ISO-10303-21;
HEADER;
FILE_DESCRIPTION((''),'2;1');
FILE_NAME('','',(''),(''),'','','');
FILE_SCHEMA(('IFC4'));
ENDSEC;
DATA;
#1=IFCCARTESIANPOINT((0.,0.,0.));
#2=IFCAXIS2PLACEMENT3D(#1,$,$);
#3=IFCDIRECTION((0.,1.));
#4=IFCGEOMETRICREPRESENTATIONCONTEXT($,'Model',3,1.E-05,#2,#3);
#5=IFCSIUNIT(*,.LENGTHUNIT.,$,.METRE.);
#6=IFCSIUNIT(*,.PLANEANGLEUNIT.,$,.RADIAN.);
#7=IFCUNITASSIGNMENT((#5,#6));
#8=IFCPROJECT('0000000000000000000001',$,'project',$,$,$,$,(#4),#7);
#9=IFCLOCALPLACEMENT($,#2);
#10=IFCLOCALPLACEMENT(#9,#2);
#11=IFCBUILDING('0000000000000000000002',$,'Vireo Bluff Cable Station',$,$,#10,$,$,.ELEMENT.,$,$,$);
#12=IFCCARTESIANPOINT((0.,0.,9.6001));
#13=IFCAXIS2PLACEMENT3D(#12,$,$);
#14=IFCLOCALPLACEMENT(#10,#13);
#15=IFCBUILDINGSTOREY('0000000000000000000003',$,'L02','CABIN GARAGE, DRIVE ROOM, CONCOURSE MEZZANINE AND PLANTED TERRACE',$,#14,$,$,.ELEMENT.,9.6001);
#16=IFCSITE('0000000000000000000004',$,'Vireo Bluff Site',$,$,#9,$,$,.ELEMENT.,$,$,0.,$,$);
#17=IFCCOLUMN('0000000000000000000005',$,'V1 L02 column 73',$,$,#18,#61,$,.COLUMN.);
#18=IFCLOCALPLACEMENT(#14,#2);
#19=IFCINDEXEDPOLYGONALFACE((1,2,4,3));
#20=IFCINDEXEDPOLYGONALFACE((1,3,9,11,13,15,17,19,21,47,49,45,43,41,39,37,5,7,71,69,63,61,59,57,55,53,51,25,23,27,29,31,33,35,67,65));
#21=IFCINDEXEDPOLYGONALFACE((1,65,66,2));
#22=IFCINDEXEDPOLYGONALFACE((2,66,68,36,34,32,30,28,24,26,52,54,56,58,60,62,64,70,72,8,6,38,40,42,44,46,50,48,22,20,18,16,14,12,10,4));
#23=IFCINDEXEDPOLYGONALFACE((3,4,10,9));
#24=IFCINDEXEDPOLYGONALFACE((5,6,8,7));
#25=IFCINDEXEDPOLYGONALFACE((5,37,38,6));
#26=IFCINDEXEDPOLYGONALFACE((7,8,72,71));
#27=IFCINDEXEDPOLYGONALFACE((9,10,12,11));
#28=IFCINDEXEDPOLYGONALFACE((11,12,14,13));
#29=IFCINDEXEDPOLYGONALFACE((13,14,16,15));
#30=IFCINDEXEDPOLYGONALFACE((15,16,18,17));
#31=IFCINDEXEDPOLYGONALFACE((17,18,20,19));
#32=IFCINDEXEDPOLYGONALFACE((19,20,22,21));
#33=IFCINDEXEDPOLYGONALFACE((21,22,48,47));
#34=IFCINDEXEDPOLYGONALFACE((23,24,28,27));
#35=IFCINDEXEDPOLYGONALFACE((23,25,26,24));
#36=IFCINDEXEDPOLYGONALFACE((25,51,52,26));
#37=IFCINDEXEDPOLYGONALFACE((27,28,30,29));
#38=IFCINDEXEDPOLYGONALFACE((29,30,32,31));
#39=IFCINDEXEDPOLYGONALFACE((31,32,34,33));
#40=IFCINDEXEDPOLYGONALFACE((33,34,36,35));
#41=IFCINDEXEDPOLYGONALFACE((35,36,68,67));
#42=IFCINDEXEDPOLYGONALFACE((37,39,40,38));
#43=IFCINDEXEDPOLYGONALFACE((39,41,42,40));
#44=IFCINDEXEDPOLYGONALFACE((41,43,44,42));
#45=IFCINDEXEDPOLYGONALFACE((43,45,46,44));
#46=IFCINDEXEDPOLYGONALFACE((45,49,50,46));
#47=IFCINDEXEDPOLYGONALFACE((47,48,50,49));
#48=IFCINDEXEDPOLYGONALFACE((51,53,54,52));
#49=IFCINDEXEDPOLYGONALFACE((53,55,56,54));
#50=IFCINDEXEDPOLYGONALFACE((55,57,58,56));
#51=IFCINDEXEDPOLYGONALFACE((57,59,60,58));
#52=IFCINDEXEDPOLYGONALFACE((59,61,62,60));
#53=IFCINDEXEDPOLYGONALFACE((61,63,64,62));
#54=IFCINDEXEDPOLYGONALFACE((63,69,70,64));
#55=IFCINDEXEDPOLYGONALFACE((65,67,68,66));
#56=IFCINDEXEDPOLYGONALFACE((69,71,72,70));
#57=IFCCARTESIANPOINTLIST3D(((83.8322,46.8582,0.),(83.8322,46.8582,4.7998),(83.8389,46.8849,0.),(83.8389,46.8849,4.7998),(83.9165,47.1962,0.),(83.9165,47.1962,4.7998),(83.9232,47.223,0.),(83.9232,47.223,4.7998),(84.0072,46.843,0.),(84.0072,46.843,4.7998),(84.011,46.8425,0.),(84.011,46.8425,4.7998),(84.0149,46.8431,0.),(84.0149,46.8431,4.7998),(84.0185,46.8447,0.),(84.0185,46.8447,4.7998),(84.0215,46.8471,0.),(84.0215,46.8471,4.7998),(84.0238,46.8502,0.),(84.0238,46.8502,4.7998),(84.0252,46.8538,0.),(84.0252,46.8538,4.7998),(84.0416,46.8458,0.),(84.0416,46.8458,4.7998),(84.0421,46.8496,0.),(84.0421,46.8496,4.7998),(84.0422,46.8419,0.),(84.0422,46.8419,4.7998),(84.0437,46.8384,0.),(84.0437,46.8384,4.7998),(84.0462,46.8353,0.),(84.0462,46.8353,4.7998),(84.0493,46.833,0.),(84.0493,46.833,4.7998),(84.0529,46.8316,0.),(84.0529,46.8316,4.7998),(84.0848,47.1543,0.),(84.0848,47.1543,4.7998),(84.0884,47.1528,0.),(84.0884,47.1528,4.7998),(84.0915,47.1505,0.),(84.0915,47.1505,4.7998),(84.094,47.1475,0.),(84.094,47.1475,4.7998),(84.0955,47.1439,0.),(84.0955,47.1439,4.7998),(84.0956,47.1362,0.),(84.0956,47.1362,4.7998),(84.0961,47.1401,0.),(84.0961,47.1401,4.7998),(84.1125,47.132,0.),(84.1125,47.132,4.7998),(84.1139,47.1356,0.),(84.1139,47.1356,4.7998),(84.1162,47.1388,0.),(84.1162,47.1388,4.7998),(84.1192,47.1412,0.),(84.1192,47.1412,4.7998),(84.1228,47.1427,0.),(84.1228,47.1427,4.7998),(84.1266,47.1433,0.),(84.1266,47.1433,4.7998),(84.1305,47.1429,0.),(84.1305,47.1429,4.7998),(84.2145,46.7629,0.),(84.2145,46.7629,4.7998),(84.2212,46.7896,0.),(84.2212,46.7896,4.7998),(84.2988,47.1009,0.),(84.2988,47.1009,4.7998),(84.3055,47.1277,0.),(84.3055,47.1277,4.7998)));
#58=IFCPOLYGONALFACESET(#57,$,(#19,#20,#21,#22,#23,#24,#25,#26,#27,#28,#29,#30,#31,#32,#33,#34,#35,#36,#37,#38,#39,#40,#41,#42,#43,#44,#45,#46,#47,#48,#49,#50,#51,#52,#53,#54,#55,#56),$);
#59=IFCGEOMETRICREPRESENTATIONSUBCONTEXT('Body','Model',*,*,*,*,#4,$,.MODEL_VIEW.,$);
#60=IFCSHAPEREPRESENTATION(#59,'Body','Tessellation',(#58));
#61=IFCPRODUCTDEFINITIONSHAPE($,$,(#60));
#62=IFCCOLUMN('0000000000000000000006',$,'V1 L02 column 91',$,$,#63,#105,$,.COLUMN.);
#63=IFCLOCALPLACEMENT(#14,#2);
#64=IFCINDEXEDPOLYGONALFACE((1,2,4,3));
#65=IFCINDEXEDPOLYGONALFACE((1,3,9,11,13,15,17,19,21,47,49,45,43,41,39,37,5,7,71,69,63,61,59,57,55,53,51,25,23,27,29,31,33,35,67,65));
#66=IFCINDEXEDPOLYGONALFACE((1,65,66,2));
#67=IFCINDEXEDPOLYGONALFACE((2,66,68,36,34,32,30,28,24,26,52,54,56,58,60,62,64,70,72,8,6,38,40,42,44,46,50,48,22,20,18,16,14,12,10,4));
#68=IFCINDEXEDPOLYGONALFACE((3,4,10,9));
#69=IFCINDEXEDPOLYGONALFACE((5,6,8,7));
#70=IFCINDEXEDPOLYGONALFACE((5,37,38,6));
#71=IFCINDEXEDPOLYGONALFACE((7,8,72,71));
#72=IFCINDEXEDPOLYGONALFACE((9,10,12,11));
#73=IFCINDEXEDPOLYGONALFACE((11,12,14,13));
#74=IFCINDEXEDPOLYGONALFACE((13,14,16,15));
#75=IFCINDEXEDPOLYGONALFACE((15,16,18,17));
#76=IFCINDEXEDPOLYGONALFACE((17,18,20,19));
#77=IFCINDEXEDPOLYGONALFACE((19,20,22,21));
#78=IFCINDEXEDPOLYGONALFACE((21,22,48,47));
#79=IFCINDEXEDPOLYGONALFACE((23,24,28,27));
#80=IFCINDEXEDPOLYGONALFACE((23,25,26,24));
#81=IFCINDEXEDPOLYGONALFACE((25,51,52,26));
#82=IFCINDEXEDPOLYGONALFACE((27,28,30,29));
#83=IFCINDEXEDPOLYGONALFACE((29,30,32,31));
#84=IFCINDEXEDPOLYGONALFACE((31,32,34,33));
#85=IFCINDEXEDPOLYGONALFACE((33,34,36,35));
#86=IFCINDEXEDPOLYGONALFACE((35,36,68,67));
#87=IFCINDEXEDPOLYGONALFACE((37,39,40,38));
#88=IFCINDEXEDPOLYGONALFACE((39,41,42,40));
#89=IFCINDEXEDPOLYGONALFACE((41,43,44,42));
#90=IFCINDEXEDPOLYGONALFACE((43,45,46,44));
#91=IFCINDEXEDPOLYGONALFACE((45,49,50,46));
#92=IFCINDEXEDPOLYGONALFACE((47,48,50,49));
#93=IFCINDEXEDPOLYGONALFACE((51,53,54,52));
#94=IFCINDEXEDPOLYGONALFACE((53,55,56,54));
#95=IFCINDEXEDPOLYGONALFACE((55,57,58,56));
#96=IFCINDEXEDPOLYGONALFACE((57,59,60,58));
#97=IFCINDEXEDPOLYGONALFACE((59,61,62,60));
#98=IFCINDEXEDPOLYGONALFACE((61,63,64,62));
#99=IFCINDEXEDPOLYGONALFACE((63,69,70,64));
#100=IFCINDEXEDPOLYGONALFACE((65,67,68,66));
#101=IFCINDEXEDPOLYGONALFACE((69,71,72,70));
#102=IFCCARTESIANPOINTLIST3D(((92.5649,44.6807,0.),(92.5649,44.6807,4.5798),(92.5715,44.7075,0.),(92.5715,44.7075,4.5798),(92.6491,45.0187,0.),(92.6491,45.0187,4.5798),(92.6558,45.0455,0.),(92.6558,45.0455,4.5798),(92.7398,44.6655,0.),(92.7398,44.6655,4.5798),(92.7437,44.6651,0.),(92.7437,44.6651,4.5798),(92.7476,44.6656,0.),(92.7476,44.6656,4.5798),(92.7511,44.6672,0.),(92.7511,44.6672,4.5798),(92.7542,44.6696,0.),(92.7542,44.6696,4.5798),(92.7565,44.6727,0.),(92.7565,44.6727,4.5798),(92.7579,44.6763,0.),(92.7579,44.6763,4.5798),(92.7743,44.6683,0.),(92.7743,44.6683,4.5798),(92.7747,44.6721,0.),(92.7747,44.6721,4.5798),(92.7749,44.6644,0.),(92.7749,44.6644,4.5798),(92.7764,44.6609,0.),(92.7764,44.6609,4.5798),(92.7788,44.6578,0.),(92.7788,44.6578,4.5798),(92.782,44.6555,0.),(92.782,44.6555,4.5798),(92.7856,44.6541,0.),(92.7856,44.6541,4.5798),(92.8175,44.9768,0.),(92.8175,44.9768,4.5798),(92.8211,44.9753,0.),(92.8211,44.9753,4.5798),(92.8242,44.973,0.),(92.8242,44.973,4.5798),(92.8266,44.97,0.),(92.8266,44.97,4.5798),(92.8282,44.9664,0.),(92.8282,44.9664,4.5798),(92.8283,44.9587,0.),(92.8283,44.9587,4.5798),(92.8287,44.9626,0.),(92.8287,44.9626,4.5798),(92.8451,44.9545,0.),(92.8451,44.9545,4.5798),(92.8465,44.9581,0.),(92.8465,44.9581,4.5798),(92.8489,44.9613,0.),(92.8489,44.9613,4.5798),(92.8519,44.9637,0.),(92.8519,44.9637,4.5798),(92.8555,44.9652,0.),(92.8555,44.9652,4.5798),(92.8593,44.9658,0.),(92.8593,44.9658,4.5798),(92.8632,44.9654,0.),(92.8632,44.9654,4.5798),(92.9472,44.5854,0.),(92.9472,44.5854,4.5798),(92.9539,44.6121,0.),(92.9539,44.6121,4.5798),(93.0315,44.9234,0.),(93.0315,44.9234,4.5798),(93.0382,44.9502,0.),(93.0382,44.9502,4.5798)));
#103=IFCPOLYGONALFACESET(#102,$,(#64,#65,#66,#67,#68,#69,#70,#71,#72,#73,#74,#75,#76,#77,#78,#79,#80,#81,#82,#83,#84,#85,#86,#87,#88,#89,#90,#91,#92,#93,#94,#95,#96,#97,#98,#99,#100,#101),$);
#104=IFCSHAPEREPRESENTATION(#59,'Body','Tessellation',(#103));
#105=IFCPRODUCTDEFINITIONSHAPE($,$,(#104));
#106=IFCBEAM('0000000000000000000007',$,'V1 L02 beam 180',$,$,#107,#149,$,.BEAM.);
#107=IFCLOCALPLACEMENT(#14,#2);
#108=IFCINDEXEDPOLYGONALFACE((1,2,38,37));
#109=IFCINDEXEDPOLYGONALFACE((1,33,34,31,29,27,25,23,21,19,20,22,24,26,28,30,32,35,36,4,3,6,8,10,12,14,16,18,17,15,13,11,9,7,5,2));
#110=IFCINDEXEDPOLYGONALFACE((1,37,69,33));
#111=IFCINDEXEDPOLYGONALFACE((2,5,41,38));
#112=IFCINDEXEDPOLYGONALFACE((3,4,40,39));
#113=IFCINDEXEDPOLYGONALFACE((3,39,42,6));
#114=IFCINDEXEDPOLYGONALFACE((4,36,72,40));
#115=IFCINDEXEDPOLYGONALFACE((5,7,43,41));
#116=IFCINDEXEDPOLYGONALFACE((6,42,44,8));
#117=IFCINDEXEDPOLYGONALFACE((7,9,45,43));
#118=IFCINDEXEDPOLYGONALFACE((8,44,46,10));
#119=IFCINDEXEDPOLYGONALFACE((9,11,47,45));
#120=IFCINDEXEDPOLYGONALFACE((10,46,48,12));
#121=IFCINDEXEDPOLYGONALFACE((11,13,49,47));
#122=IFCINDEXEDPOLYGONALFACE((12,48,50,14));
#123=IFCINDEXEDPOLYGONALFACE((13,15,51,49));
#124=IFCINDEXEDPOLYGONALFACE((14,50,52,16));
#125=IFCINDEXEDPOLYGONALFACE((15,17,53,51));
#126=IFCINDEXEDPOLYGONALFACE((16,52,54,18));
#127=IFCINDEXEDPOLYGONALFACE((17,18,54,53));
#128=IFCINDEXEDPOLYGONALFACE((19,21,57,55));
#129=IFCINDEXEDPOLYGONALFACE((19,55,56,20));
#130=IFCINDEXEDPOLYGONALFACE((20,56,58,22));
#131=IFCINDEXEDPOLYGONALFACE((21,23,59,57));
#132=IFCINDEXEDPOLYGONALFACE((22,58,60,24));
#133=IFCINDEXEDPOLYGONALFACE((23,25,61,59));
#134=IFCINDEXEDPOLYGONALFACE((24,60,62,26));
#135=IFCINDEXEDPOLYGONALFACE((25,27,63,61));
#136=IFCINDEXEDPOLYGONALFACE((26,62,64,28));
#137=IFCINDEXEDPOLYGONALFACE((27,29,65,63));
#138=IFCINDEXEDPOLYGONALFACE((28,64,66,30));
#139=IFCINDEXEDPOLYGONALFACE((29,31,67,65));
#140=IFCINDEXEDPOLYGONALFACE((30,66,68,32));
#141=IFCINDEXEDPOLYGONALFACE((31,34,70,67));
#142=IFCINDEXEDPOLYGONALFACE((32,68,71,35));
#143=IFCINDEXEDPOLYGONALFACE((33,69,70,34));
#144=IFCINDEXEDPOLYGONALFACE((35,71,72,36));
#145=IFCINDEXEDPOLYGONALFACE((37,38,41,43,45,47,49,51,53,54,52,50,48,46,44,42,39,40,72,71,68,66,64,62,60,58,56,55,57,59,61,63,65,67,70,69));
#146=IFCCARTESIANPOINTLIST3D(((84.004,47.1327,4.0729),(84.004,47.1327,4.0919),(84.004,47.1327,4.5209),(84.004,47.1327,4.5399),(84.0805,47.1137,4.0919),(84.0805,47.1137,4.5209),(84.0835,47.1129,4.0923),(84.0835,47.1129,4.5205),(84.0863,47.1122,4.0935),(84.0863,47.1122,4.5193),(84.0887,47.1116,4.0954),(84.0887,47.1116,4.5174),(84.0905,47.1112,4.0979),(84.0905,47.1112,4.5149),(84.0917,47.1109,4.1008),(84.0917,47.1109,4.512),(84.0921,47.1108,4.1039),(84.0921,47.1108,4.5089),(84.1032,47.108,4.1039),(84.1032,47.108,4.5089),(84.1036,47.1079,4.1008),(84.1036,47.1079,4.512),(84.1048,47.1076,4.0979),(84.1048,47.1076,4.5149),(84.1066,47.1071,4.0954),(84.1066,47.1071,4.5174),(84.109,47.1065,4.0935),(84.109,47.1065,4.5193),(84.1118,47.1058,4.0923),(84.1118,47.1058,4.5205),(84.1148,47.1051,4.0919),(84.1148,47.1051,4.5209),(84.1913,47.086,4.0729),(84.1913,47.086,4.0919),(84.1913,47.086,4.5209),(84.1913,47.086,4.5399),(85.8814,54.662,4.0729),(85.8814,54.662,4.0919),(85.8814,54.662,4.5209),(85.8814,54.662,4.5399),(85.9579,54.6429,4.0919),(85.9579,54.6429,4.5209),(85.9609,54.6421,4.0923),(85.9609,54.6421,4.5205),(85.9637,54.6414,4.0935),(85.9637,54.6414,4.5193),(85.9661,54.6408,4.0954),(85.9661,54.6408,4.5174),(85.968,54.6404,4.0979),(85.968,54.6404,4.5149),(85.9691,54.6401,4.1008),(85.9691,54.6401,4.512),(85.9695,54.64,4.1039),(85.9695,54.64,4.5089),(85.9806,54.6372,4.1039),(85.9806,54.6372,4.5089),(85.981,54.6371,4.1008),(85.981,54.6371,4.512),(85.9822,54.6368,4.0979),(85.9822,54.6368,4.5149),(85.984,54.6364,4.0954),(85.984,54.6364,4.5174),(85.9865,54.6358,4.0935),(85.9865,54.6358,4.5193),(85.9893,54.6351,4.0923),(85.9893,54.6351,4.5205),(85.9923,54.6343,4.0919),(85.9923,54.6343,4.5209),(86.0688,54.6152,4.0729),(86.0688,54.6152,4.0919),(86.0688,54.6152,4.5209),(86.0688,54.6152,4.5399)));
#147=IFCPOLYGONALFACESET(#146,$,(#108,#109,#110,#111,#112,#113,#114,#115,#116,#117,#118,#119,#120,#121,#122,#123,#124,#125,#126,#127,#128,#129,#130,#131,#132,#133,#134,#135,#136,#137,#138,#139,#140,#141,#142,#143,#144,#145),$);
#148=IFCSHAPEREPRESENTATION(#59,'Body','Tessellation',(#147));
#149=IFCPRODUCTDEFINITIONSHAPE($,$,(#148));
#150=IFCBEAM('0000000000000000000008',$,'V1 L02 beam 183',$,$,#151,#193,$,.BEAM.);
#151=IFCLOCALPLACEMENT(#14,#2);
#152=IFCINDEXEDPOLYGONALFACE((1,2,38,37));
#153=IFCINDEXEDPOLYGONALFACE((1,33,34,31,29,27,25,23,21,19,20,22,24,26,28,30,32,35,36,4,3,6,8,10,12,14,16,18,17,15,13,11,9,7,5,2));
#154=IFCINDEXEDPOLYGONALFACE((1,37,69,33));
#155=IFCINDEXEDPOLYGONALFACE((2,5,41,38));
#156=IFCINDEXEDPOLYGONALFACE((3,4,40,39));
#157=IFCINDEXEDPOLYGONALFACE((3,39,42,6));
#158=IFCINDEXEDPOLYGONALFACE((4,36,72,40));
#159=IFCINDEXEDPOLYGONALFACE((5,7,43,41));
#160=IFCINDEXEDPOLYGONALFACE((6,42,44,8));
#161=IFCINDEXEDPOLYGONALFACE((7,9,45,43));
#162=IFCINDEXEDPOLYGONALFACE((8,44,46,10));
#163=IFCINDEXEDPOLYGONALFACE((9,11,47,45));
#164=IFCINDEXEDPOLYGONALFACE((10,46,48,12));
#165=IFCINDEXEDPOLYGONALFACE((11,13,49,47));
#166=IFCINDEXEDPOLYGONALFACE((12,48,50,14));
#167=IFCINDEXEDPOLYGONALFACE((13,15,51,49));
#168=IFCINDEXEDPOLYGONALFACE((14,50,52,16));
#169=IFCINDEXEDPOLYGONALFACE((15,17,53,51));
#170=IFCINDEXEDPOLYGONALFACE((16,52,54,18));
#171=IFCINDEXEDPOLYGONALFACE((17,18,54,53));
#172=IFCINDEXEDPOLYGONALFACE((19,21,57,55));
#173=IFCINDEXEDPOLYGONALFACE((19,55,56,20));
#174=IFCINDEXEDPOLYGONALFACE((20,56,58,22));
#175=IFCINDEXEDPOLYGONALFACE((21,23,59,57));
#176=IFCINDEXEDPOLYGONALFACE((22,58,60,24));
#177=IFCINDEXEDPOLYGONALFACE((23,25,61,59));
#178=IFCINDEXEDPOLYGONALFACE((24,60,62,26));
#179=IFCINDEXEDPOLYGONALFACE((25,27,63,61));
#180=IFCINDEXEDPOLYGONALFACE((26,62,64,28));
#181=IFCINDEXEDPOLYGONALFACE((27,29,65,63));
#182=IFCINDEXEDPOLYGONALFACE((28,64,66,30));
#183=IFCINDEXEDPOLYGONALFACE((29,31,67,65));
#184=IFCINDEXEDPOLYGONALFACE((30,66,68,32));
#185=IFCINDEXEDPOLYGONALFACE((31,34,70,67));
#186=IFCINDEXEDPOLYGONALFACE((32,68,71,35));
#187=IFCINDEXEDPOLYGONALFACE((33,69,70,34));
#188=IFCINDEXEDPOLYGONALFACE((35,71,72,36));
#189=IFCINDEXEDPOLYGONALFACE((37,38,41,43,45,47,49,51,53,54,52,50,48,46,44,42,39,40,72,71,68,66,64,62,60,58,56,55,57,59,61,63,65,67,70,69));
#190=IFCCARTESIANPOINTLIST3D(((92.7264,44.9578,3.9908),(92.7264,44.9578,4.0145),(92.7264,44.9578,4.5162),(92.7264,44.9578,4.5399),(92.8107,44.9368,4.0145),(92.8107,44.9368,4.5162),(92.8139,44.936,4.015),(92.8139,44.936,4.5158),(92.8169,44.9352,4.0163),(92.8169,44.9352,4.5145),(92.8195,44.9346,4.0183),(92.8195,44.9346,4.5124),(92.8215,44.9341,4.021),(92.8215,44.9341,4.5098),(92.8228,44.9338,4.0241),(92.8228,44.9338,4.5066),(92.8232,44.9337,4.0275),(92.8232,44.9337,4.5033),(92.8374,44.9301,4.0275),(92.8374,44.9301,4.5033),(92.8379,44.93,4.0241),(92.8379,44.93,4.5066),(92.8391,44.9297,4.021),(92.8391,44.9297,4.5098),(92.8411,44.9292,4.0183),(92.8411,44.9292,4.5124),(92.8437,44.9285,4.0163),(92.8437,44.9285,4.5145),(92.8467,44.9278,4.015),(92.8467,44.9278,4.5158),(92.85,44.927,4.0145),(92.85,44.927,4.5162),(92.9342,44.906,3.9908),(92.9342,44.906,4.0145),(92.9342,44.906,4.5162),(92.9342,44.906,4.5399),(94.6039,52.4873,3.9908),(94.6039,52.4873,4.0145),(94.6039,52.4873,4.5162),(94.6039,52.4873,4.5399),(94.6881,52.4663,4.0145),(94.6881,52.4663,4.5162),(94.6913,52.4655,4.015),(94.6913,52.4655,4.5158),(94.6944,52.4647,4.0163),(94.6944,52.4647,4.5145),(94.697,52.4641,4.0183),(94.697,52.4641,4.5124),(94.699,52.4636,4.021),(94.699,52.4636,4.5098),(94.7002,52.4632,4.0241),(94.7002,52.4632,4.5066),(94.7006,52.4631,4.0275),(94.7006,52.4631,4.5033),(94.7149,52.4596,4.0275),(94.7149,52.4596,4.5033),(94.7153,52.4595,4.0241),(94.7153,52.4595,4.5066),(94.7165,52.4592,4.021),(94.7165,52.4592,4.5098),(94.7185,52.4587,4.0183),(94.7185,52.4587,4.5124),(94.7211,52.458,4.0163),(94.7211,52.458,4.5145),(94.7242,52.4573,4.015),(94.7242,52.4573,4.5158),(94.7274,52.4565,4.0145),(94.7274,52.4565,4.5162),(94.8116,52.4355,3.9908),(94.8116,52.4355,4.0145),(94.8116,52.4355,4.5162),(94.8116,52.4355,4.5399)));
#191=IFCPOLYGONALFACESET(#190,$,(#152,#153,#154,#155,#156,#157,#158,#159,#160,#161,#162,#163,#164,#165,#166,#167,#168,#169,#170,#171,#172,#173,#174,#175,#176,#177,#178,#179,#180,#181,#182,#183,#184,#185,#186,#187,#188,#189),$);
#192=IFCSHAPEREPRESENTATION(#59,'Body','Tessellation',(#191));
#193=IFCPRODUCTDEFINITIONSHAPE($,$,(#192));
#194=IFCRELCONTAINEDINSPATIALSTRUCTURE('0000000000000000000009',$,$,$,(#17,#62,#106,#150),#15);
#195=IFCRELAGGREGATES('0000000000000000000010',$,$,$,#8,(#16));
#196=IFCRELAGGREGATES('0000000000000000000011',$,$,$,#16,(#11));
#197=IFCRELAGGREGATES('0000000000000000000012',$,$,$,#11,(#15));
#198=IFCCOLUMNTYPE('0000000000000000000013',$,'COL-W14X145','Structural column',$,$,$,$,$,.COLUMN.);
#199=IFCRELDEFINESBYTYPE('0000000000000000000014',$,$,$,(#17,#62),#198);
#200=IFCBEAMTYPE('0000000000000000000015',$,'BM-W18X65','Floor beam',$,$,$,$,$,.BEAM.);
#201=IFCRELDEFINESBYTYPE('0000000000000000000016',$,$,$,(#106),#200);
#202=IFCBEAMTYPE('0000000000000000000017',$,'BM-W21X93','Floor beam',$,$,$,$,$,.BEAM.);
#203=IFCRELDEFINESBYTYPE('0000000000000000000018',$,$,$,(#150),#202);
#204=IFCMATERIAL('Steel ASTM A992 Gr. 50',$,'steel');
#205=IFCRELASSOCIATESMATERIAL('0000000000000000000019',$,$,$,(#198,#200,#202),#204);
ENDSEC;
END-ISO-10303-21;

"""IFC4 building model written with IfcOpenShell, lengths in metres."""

from ifc_helpers import new_model, si_unit, direction, frame, origin, origin_2d, place, context, subcontext, project, spatial, i_section, extrude, material, material_profile, profile_set, type_object, element, save


model = new_model("IFC4")

# Units and contexts
model_context = context("Model", 3, precision=1e-05, world=origin(), true_north=direction((0.0, 1.0)))
body_context = subcontext(model_context, "Body", "Model", "MODEL_VIEW")
ifc_project = project(units=[si_unit("LENGTHUNIT", "METRE"), si_unit("PLANEANGLEUNIT", "RADIAN")], contexts=[model_context])

# Site, building, storey
site_placement = place(None, origin())
site = spatial("IfcSite", under=ifc_project, at=site_placement, Name="Vireo Bluff Site", CompositionType="ELEMENT", RefElevation=0.0)
building_placement = place(site_placement, origin())
building = spatial("IfcBuilding", under=site, at=building_placement, Name="Vireo Bluff Cable Station", CompositionType="ELEMENT")
storey_placement = place(building_placement, frame((0.0, 0.0, 9.6001)))
storey = spatial("IfcBuildingStorey", under=building, at=storey_placement, Name="L02", Description="CABIN GARAGE, DRIVE ROOM, CONCOURSE MEZZANINE AND PLANTED TERRACE", CompositionType="ELEMENT", Elevation=9.6001)

# Columns
ifc_material_1 = material(Name="Steel ASTM A992 Gr. 50", Category="steel")
ifc_material_profile_1 = material_profile(ifc_material_1, i_section(OverallWidth=0.394, OverallDepth=0.376, WebThickness=0.0173, FlangeThickness=0.0276, FilletRadius=0.0149, at=origin_2d()), Name="W14X145")
ifc_profile_set_1 = profile_set([ifc_material_profile_1], Name="Steel ASTM A992 Gr. 50")
column_type = type_object("IfcColumnType", Name="COL-W14X145", Description="Structural column", PredefinedType="COLUMN", material=ifc_profile_set_1)
column_1_placement = place(storey_placement, frame((84.0688, 46.9929, 0.0), z_axis=(0.0, 0.0, 1.0), x_axis=(0.970296, -0.241922, 0.0)))
element("IfcColumn", 1, at=column_1_placement, inside=storey, type_object=column_type, Name="V1 L02 column 73", PredefinedType="COLUMN", context=body_context, shape_type="SweptSolid", body=[
    extrude(i_section(OverallWidth=0.394, OverallDepth=0.376, WebThickness=0.0173, FlangeThickness=0.0276, FilletRadius=0.0149, at=origin_2d()), origin(), (0.0, 0.0, 1.0), 4.7998),
])
column_2_placement = place(storey_placement, frame((92.8015, 44.8154, 0.0), z_axis=(0.0, 0.0, 1.0), x_axis=(0.970296, -0.241922, 0.0)))
element("IfcColumn", 2, at=column_2_placement, inside=storey, type_object=column_type, Name="V1 L02 column 91", PredefinedType="COLUMN", context=body_context, shape_type="SweptSolid", body=[
    extrude(i_section(OverallWidth=0.394, OverallDepth=0.376, WebThickness=0.0173, FlangeThickness=0.0276, FilletRadius=0.0149, at=origin_2d()), origin(), (0.0, 0.0, 1.0), 4.5798),
])

# Beams
ifc_material_profile_2 = material_profile(ifc_material_1, i_section(OverallWidth=0.1931, OverallDepth=0.467, WebThickness=0.0115, FlangeThickness=0.019, FilletRadius=0.012, at=origin_2d()), Name="W18X65")
ifc_profile_set_2 = profile_set([ifc_material_profile_2], Name="Steel ASTM A992 Gr. 50")
beam_type_1 = type_object("IfcBeamType", Name="BM-W18X65", Description="Floor beam", PredefinedType="BEAM", material=ifc_profile_set_2)
beam_1_placement = place(storey_placement, frame((84.0977, 47.1094, 4.3064), z_axis=(0.241943, 0.97029, 0.0), x_axis=(-0.97029, 0.241943, 0.0)))
element("IfcBeam", 3, at=beam_1_placement, inside=storey, type_object=beam_type_1, Name="V1 L02 beam 180", PredefinedType="BEAM", context=body_context, shape_type="SweptSolid", body=[
    extrude(i_section(OverallWidth=0.1931, OverallDepth=0.467, WebThickness=0.0115, FlangeThickness=0.019, FilletRadius=0.012, at=origin_2d()), origin(), (0.0, 0.0, 1.0), 7.7598),
])
ifc_material_profile_3 = material_profile(ifc_material_1, i_section(OverallWidth=0.2141, OverallDepth=0.5491, WebThickness=0.0146, FlangeThickness=0.0237, FilletRadius=0.0129, at=origin_2d()), Name="W21X93")
ifc_profile_set_3 = profile_set([ifc_material_profile_3], Name="Steel ASTM A992 Gr. 50")
beam_type_2 = type_object("IfcBeamType", Name="BM-W21X93", Description="Floor beam", PredefinedType="BEAM", material=ifc_profile_set_3)
beam_2_placement = place(storey_placement, frame((92.8303, 44.9319, 4.2654), z_axis=(0.241936, 0.970292, 0.0), x_axis=(-0.970292, 0.241936, 0.0)))
element("IfcBeam", 4, at=beam_2_placement, inside=storey, type_object=beam_type_2, Name="V1 L02 beam 183", PredefinedType="BEAM", context=body_context, shape_type="SweptSolid", body=[
    extrude(i_section(OverallWidth=0.2141, OverallDepth=0.5491, WebThickness=0.0146, FlangeThickness=0.0237, FilletRadius=0.0129, at=origin_2d()), origin(), (0.0, 0.0, 1.0), 7.76),
])

save(model, "model.ifc")
